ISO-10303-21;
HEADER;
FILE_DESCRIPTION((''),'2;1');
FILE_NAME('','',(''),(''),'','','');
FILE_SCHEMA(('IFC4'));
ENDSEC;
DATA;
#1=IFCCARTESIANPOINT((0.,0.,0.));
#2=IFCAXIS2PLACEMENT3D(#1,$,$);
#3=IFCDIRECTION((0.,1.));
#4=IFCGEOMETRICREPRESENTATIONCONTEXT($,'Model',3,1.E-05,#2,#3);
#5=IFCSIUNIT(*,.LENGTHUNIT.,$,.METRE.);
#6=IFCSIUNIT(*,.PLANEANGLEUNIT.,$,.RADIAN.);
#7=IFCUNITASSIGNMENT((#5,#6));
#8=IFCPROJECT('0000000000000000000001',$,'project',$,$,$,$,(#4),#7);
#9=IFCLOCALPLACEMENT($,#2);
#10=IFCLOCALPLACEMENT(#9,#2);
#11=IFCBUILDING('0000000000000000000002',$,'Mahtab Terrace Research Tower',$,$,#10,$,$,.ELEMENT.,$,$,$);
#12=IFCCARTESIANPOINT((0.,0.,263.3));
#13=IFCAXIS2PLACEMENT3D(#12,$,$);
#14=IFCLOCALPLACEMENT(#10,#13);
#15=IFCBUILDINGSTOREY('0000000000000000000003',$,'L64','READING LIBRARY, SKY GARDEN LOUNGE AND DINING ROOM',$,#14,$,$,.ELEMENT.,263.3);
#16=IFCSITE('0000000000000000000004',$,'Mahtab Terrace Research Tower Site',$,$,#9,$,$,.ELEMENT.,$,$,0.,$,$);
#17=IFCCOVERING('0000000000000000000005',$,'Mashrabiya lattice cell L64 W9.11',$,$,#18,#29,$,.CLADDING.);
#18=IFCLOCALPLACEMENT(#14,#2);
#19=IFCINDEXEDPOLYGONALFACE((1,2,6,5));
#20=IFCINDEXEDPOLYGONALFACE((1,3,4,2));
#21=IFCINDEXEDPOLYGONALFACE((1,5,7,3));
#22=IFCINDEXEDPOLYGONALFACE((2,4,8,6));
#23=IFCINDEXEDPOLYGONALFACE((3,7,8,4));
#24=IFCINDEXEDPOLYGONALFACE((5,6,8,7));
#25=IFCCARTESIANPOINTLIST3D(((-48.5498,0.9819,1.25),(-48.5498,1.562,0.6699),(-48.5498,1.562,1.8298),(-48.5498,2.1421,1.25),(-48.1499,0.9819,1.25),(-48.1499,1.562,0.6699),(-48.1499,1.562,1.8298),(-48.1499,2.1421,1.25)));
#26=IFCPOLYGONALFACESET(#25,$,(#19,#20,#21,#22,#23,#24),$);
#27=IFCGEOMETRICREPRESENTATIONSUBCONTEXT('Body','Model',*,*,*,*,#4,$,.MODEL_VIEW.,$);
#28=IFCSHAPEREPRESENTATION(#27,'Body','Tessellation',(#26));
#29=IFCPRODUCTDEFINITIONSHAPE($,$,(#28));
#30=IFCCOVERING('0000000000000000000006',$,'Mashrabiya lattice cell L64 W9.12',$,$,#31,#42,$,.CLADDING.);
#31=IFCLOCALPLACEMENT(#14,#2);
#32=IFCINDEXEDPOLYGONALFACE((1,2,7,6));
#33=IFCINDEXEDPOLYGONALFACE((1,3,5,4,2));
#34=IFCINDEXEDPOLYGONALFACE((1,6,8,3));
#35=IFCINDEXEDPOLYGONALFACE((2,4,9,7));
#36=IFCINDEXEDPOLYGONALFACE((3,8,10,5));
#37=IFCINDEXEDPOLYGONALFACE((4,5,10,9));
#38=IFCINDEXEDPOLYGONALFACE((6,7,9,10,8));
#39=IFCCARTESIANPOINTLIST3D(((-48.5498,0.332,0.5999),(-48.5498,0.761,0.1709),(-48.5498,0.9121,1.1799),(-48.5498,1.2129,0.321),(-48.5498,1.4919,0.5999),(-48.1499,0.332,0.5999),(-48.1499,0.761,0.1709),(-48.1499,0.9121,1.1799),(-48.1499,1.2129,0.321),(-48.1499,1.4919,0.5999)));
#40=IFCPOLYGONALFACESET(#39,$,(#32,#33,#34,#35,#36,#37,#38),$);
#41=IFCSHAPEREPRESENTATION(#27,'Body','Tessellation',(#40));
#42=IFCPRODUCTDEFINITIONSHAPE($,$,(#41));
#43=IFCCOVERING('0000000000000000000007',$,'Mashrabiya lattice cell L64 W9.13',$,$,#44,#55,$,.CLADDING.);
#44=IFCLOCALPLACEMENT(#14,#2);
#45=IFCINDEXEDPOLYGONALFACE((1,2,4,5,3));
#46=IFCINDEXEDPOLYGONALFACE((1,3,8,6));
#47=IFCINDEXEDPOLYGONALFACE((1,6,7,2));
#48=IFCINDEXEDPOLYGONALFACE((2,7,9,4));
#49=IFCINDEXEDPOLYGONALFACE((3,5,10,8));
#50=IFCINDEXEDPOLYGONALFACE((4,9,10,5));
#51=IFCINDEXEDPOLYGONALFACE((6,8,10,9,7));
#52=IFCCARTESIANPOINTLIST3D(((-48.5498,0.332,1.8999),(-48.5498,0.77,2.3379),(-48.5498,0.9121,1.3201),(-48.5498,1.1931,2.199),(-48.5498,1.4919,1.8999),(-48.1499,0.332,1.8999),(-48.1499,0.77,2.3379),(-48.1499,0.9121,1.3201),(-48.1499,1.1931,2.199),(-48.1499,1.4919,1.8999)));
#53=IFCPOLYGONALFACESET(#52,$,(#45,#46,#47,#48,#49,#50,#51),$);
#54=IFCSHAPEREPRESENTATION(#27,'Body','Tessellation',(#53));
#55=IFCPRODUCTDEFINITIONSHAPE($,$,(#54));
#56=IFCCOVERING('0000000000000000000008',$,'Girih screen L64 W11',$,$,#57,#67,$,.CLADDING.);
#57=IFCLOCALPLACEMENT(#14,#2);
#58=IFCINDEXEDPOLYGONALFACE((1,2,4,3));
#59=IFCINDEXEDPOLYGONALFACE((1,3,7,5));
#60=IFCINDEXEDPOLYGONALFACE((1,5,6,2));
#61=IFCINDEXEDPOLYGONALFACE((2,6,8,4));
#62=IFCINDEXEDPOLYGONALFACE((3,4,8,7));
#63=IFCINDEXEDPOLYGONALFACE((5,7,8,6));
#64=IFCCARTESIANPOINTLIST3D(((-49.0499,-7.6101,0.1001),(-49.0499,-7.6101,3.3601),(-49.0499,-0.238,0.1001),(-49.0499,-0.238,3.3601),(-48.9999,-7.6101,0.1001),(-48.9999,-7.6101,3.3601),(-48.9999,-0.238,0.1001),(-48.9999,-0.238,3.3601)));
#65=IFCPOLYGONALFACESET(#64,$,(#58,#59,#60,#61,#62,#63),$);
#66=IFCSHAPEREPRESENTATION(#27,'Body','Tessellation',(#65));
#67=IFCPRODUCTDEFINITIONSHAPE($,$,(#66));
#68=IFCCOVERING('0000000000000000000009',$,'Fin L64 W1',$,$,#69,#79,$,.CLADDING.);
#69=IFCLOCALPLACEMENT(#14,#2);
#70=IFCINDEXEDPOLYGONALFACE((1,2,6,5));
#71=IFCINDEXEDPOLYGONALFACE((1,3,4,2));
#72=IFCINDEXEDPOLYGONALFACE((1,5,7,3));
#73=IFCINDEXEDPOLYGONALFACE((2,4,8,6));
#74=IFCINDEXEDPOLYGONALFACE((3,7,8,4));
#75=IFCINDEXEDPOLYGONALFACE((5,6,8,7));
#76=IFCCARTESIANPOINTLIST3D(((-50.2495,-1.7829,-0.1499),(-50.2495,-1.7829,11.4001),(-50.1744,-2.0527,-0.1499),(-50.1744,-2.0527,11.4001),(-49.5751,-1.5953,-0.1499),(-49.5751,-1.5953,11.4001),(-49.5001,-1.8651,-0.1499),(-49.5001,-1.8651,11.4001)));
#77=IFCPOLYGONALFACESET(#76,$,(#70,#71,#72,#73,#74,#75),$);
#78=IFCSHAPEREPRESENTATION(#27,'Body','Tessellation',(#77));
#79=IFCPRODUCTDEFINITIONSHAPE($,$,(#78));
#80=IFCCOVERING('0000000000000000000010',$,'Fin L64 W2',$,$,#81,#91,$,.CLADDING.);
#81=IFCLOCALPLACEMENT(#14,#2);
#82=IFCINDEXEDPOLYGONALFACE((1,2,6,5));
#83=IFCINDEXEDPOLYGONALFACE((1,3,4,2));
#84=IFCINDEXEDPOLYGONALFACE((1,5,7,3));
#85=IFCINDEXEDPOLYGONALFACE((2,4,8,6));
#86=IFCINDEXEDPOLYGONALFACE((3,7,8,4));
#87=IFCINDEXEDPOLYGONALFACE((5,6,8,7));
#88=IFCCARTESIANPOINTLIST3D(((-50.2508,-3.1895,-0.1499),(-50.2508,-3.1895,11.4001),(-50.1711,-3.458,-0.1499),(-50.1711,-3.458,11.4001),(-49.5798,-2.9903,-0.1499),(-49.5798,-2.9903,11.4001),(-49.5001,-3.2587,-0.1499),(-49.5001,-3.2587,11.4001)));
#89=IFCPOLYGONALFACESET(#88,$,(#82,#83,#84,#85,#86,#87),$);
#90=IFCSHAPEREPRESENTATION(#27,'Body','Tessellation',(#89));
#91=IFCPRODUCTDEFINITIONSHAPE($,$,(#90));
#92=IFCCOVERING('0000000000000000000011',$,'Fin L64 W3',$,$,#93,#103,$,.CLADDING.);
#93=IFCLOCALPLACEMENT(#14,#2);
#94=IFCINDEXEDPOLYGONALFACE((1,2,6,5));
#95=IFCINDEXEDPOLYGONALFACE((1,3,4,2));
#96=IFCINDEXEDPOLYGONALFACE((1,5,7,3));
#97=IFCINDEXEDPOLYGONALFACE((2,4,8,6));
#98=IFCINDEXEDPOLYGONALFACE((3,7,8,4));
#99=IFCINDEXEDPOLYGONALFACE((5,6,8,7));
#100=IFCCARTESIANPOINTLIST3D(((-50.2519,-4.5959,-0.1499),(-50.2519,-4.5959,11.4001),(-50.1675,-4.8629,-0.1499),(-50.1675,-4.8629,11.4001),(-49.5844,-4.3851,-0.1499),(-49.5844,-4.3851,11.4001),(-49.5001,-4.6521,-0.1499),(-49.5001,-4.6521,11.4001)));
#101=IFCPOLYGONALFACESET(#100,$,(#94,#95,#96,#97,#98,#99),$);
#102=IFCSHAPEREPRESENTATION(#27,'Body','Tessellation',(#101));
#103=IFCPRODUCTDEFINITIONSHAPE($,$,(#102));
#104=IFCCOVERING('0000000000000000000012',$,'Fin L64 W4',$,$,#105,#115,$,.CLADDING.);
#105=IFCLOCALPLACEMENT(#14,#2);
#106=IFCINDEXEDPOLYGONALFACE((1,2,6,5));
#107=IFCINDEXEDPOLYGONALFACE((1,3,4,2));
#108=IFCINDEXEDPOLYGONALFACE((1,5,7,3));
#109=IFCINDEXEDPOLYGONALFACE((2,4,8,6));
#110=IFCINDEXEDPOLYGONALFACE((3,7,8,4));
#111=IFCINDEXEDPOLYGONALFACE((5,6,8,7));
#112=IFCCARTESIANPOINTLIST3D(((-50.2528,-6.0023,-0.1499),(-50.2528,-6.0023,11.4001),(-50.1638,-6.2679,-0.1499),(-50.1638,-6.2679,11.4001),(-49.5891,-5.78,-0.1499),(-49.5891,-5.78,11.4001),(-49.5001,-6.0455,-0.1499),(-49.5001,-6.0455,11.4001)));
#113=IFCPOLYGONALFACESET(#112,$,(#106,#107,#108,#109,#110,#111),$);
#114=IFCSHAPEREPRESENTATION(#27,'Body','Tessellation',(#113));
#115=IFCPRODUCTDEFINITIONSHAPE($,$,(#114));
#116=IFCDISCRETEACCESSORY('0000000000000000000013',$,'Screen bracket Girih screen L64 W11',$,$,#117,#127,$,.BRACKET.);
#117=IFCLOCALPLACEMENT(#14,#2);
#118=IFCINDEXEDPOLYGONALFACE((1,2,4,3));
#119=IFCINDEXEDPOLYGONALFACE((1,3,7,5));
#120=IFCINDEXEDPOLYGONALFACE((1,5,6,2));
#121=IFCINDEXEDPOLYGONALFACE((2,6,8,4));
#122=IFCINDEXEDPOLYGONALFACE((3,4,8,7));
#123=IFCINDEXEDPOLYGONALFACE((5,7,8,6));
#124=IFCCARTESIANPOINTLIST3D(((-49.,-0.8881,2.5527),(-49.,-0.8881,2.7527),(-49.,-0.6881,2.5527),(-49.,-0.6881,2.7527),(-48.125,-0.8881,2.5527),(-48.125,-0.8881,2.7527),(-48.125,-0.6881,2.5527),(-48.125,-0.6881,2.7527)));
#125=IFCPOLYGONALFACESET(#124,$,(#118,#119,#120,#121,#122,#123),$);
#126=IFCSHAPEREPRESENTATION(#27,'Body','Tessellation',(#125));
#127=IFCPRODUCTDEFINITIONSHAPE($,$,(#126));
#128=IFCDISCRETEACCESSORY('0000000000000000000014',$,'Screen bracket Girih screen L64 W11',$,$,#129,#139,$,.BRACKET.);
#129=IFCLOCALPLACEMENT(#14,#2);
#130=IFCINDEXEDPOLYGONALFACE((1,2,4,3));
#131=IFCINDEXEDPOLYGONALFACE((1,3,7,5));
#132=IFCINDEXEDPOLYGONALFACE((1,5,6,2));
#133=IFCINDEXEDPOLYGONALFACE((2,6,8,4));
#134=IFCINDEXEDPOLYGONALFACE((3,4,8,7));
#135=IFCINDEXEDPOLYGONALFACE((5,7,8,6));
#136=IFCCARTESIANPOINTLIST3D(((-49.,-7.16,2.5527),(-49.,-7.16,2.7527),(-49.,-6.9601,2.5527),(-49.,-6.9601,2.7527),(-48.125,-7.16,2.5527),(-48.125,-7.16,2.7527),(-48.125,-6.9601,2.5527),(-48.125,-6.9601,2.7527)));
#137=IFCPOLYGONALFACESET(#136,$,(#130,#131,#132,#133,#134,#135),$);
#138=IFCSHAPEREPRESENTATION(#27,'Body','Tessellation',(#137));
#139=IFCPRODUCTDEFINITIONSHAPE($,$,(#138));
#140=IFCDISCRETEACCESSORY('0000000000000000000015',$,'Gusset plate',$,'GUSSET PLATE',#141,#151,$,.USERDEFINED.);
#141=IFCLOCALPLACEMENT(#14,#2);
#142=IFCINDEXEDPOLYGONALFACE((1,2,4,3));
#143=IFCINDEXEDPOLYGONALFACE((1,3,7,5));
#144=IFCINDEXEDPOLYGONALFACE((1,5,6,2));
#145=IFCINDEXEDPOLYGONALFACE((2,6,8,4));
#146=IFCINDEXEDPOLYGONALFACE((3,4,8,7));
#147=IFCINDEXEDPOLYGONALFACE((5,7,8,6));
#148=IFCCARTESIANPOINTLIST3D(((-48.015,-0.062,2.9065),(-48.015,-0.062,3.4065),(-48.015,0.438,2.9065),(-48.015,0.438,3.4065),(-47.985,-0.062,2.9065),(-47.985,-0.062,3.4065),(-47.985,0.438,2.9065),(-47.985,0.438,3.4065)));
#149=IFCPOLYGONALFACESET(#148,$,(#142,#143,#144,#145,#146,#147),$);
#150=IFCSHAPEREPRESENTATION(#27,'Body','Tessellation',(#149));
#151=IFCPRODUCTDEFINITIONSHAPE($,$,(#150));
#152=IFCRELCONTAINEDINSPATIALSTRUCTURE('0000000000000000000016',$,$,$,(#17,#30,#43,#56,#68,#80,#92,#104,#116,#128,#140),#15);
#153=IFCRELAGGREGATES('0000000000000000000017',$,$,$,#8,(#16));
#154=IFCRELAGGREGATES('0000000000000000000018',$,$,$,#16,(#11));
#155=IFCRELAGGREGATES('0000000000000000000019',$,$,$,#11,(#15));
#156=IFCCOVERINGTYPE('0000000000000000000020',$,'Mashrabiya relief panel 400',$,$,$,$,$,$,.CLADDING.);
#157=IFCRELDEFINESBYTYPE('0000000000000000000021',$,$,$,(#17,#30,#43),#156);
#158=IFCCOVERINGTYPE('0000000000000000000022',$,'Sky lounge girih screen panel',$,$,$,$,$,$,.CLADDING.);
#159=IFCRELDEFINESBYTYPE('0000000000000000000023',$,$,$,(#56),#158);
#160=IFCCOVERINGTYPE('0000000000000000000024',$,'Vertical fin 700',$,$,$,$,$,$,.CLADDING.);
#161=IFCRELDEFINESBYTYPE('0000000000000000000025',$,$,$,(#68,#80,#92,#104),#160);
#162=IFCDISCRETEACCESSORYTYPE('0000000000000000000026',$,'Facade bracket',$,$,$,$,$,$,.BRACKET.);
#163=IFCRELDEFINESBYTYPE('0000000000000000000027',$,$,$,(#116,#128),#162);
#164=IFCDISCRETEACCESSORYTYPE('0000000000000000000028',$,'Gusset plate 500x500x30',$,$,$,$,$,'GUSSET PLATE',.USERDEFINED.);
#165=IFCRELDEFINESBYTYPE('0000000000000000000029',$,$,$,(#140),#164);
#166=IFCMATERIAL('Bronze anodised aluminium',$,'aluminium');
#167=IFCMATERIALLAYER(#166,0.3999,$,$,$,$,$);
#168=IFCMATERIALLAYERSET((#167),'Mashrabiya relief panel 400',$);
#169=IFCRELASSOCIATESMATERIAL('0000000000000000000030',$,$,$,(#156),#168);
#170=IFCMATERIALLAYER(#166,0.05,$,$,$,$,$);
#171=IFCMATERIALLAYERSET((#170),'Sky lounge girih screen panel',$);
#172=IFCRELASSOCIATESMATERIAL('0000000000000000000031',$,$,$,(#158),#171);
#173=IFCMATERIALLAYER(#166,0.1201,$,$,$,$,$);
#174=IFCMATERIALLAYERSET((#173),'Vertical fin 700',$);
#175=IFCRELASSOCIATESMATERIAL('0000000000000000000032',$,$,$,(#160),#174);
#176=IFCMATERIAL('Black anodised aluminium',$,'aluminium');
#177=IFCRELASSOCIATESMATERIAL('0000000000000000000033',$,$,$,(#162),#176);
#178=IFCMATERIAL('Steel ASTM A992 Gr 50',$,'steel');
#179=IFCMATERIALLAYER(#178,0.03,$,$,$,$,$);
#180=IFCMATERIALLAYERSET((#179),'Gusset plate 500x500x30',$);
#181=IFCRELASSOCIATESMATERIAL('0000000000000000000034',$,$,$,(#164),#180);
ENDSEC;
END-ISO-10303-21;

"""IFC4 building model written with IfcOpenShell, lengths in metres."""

from ifc_helpers import new_model, si_unit, direction, frame, origin, origin_2d, place, context, subcontext, project, spatial, polyline, rectangle, outline, extrude, material, layer, layer_set, type_object, element, save


model = new_model("IFC4")

# Units and contexts
model_context = context("Model", 3, precision=1e-05, world=origin(), true_north=direction((0.0, 1.0)))
body_context = subcontext(model_context, "Body", "Model", "MODEL_VIEW")
ifc_project = project(units=[si_unit("LENGTHUNIT", "METRE"), si_unit("PLANEANGLEUNIT", "RADIAN")], contexts=[model_context])

# Site, building, storey
site_placement = place(None, origin())
site = spatial("IfcSite", under=ifc_project, at=site_placement, Name="Mahtab Terrace Research Tower Site", CompositionType="ELEMENT", RefElevation=0.0)
building_placement = place(site_placement, origin())
building = spatial("IfcBuilding", under=site, at=building_placement, Name="Mahtab Terrace Research Tower", CompositionType="ELEMENT")
storey_placement = place(building_placement, frame((0.0, 0.0, 263.3)))
storey = spatial("IfcBuildingStorey", under=building, at=storey_placement, Name="L64", Description="READING LIBRARY, SKY GARDEN LOUNGE AND DINING ROOM", CompositionType="ELEMENT", Elevation=263.3)

# Shared definitions
ifc_material_1 = material(Name="Steel ASTM A992 Gr 50", Category="steel")

# Coverings
ifc_material_2 = material(Name="Bronze anodised aluminium", Category="aluminium")
ifc_layer_1 = layer(ifc_material_2, 0.3999)
ifc_layer_set_1 = layer_set([ifc_layer_1], Name="Mashrabiya relief panel 400")
covering_type_1 = type_object("IfcCoveringType", Name="Mashrabiya relief panel 400", PredefinedType="CLADDING", material=ifc_layer_set_1)
covering_1_placement = place(storey_placement, frame((-48.1499, 1.562, 1.8298), z_axis=(1.0, 0.0, 0.0), x_axis=(0.0, -0.707256, -0.706958)))
element("IfcCovering", 1, at=covering_1_placement, inside=storey, type_object=covering_type_1, Name="Mashrabiya lattice cell L64 W9.11", PredefinedType="CLADDING", context=body_context, shape_type="SweptSolid", body=[
    extrude(outline(polyline([(0.0, 0.0), (0.8202, 0.0), (0.82, 0.8204), (-0.0003, 0.8202), (0.0, 0.0)])), origin(), (0.0, 0.0, -1.0), 0.3999),
])
covering_2_placement = place(storey_placement, frame((-48.1499, 1.4919, 0.5999), z_axis=(1.0, 0.0, 0.0), x_axis=(0.0, -0.706958, 0.707256)))
element("IfcCovering", 2, at=covering_2_placement, inside=storey, type_object=covering_type_1, Name="Mashrabiya lattice cell L64 W9.12", PredefinedType="CLADDING", context=body_context, shape_type="SweptSolid", body=[
    extrude(outline(polyline([(0.0, 0.0), (0.8202, 0.0), (0.82, 0.8204), (0.2134, 0.8202), (0.0001, 0.3945), (0.0, 0.0)])), origin(), (0.0, 0.0, -1.0), 0.3999),
])
covering_3_placement = place(storey_placement, frame((-48.1499, 0.332, 1.8999), z_axis=(1.0, 0.0, 0.0), x_axis=(0.0, 0.707256, -0.706958)))
element("IfcCovering", 3, at=covering_3_placement, inside=storey, type_object=covering_type_1, Name="Mashrabiya lattice cell L64 W9.13", PredefinedType="CLADDING", context=body_context, shape_type="SweptSolid", body=[
    extrude(outline(polyline([(0.0, 0.0), (0.8202, 0.0), (0.8204, 0.82), (0.3976, 0.8203), (0.0001, 0.6194), (0.0, 0.0)])), origin(), (0.0, 0.0, -1.0), 0.3999),
])
ifc_layer_2 = layer(ifc_material_2, 0.05)
ifc_layer_set_2 = layer_set([ifc_layer_2], Name="Sky lounge girih screen panel")
covering_type_2 = type_object("IfcCoveringType", Name="Sky lounge girih screen panel", PredefinedType="CLADDING", material=ifc_layer_set_2)
covering_4_placement = place(storey_placement, frame((-49.0249, -3.9241, 0.1001), z_axis=(0.0, 0.0, 1.0), x_axis=(0.0, -1.0, 0.0)))
element("IfcCovering", 4, at=covering_4_placement, inside=storey, type_object=covering_type_2, Name="Girih screen L64 W11", PredefinedType="CLADDING", context=body_context, shape_type="SweptSolid", body=[
    extrude(rectangle(XDim=7.3721, YDim=0.05, at=origin_2d()), origin(), (0.0, 0.0, 1.0), 3.26),
])
ifc_layer_3 = layer(ifc_material_2, 0.1201)
ifc_layer_set_3 = layer_set([ifc_layer_3], Name="Vertical fin 700")
covering_type_3 = type_object("IfcCoveringType", Name="Vertical fin 700", PredefinedType="CLADDING", material=ifc_layer_set_3)
for number, where, z_axis, x_axis, name in (
    (5, (-49.8748, -1.824, -0.1499), (0.0, 0.0, 1.0), (0.267982, -0.963424, 0.0), "Fin L64 W1"),
    (6, (-49.8755, -3.2241, -0.1499), (0.0, 0.0, 1.0), (0.284622, -0.95864, 0.0), "Fin L64 W2"),
    (7, (-49.876, -4.624, -0.1499), (0.0, 0.0, 1.0), (0.301178, -0.953568, 0.0), "Fin L64 W3"),
    (8, (-49.8765, -6.0239, -0.1499), (0.0, 0.0, 1.0), (0.317642, -0.948211, 0.0), "Fin L64 W4"),
):
    element("IfcCovering", number, at=place(storey_placement, frame(where, z_axis=z_axis, x_axis=x_axis)), inside=storey, type_object=covering_type_3, Name=name, PredefinedType="CLADDING", context=body_context, shape_type="SweptSolid", body=[
        extrude(rectangle(XDim=0.28, YDim=0.7, at=origin_2d()), origin(), (0.0, 0.0, 1.0), 11.55),
    ])

# Discrete accessories
ifc_material_3 = material(Name="Black anodised aluminium", Category="aluminium")
discrete_accessory_type_1 = type_object("IfcDiscreteAccessoryType", Name="Facade bracket", PredefinedType="BRACKET", material=ifc_material_3)
for number, where, z_axis, x_axis, name in (
    (9, (-48.5625, -0.7881, 2.5527), (0.0, 0.0, 1.0), (0.0, -1.0, 0.0), "Screen bracket Girih screen L64 W11"),
    (10, (-48.5625, -7.0601, 2.5527), (0.0, 0.0, 1.0), (0.0, -1.0, 0.0), "Screen bracket Girih screen L64 W11"),
):
    element("IfcDiscreteAccessory", number, at=place(storey_placement, frame(where, z_axis=z_axis, x_axis=x_axis)), inside=storey, type_object=discrete_accessory_type_1, Name=name, PredefinedType="BRACKET", context=body_context, shape_type="SweptSolid", body=[
        extrude(rectangle(XDim=0.2, YDim=0.875, at=origin_2d()), origin(), (0.0, 0.0, 1.0), 0.2),
    ])
ifc_layer_4 = layer(ifc_material_1, 0.03)
ifc_layer_set_4 = layer_set([ifc_layer_4], Name="Gusset plate 500x500x30")
discrete_accessory_type_2 = type_object("IfcDiscreteAccessoryType", Name="Gusset plate 500x500x30", ElementType="GUSSET PLATE", PredefinedType="USERDEFINED", material=ifc_layer_set_4)
discrete_accessory_placement = place(storey_placement, frame((-48.0, 0.188, 2.9065), z_axis=(0.0, 0.0, 1.0), x_axis=(0.0, 1.0, 0.0)))
element("IfcDiscreteAccessory", 11, at=discrete_accessory_placement, inside=storey, type_object=discrete_accessory_type_2, Name="Gusset plate", ObjectType="GUSSET PLATE", PredefinedType="USERDEFINED", context=body_context, shape_type="SweptSolid", body=[
    extrude(rectangle(XDim=0.5, YDim=0.03, at=origin_2d()), origin(), (0.0, 0.0, 1.0), 0.5),
])

save(model, "model.ifc")
